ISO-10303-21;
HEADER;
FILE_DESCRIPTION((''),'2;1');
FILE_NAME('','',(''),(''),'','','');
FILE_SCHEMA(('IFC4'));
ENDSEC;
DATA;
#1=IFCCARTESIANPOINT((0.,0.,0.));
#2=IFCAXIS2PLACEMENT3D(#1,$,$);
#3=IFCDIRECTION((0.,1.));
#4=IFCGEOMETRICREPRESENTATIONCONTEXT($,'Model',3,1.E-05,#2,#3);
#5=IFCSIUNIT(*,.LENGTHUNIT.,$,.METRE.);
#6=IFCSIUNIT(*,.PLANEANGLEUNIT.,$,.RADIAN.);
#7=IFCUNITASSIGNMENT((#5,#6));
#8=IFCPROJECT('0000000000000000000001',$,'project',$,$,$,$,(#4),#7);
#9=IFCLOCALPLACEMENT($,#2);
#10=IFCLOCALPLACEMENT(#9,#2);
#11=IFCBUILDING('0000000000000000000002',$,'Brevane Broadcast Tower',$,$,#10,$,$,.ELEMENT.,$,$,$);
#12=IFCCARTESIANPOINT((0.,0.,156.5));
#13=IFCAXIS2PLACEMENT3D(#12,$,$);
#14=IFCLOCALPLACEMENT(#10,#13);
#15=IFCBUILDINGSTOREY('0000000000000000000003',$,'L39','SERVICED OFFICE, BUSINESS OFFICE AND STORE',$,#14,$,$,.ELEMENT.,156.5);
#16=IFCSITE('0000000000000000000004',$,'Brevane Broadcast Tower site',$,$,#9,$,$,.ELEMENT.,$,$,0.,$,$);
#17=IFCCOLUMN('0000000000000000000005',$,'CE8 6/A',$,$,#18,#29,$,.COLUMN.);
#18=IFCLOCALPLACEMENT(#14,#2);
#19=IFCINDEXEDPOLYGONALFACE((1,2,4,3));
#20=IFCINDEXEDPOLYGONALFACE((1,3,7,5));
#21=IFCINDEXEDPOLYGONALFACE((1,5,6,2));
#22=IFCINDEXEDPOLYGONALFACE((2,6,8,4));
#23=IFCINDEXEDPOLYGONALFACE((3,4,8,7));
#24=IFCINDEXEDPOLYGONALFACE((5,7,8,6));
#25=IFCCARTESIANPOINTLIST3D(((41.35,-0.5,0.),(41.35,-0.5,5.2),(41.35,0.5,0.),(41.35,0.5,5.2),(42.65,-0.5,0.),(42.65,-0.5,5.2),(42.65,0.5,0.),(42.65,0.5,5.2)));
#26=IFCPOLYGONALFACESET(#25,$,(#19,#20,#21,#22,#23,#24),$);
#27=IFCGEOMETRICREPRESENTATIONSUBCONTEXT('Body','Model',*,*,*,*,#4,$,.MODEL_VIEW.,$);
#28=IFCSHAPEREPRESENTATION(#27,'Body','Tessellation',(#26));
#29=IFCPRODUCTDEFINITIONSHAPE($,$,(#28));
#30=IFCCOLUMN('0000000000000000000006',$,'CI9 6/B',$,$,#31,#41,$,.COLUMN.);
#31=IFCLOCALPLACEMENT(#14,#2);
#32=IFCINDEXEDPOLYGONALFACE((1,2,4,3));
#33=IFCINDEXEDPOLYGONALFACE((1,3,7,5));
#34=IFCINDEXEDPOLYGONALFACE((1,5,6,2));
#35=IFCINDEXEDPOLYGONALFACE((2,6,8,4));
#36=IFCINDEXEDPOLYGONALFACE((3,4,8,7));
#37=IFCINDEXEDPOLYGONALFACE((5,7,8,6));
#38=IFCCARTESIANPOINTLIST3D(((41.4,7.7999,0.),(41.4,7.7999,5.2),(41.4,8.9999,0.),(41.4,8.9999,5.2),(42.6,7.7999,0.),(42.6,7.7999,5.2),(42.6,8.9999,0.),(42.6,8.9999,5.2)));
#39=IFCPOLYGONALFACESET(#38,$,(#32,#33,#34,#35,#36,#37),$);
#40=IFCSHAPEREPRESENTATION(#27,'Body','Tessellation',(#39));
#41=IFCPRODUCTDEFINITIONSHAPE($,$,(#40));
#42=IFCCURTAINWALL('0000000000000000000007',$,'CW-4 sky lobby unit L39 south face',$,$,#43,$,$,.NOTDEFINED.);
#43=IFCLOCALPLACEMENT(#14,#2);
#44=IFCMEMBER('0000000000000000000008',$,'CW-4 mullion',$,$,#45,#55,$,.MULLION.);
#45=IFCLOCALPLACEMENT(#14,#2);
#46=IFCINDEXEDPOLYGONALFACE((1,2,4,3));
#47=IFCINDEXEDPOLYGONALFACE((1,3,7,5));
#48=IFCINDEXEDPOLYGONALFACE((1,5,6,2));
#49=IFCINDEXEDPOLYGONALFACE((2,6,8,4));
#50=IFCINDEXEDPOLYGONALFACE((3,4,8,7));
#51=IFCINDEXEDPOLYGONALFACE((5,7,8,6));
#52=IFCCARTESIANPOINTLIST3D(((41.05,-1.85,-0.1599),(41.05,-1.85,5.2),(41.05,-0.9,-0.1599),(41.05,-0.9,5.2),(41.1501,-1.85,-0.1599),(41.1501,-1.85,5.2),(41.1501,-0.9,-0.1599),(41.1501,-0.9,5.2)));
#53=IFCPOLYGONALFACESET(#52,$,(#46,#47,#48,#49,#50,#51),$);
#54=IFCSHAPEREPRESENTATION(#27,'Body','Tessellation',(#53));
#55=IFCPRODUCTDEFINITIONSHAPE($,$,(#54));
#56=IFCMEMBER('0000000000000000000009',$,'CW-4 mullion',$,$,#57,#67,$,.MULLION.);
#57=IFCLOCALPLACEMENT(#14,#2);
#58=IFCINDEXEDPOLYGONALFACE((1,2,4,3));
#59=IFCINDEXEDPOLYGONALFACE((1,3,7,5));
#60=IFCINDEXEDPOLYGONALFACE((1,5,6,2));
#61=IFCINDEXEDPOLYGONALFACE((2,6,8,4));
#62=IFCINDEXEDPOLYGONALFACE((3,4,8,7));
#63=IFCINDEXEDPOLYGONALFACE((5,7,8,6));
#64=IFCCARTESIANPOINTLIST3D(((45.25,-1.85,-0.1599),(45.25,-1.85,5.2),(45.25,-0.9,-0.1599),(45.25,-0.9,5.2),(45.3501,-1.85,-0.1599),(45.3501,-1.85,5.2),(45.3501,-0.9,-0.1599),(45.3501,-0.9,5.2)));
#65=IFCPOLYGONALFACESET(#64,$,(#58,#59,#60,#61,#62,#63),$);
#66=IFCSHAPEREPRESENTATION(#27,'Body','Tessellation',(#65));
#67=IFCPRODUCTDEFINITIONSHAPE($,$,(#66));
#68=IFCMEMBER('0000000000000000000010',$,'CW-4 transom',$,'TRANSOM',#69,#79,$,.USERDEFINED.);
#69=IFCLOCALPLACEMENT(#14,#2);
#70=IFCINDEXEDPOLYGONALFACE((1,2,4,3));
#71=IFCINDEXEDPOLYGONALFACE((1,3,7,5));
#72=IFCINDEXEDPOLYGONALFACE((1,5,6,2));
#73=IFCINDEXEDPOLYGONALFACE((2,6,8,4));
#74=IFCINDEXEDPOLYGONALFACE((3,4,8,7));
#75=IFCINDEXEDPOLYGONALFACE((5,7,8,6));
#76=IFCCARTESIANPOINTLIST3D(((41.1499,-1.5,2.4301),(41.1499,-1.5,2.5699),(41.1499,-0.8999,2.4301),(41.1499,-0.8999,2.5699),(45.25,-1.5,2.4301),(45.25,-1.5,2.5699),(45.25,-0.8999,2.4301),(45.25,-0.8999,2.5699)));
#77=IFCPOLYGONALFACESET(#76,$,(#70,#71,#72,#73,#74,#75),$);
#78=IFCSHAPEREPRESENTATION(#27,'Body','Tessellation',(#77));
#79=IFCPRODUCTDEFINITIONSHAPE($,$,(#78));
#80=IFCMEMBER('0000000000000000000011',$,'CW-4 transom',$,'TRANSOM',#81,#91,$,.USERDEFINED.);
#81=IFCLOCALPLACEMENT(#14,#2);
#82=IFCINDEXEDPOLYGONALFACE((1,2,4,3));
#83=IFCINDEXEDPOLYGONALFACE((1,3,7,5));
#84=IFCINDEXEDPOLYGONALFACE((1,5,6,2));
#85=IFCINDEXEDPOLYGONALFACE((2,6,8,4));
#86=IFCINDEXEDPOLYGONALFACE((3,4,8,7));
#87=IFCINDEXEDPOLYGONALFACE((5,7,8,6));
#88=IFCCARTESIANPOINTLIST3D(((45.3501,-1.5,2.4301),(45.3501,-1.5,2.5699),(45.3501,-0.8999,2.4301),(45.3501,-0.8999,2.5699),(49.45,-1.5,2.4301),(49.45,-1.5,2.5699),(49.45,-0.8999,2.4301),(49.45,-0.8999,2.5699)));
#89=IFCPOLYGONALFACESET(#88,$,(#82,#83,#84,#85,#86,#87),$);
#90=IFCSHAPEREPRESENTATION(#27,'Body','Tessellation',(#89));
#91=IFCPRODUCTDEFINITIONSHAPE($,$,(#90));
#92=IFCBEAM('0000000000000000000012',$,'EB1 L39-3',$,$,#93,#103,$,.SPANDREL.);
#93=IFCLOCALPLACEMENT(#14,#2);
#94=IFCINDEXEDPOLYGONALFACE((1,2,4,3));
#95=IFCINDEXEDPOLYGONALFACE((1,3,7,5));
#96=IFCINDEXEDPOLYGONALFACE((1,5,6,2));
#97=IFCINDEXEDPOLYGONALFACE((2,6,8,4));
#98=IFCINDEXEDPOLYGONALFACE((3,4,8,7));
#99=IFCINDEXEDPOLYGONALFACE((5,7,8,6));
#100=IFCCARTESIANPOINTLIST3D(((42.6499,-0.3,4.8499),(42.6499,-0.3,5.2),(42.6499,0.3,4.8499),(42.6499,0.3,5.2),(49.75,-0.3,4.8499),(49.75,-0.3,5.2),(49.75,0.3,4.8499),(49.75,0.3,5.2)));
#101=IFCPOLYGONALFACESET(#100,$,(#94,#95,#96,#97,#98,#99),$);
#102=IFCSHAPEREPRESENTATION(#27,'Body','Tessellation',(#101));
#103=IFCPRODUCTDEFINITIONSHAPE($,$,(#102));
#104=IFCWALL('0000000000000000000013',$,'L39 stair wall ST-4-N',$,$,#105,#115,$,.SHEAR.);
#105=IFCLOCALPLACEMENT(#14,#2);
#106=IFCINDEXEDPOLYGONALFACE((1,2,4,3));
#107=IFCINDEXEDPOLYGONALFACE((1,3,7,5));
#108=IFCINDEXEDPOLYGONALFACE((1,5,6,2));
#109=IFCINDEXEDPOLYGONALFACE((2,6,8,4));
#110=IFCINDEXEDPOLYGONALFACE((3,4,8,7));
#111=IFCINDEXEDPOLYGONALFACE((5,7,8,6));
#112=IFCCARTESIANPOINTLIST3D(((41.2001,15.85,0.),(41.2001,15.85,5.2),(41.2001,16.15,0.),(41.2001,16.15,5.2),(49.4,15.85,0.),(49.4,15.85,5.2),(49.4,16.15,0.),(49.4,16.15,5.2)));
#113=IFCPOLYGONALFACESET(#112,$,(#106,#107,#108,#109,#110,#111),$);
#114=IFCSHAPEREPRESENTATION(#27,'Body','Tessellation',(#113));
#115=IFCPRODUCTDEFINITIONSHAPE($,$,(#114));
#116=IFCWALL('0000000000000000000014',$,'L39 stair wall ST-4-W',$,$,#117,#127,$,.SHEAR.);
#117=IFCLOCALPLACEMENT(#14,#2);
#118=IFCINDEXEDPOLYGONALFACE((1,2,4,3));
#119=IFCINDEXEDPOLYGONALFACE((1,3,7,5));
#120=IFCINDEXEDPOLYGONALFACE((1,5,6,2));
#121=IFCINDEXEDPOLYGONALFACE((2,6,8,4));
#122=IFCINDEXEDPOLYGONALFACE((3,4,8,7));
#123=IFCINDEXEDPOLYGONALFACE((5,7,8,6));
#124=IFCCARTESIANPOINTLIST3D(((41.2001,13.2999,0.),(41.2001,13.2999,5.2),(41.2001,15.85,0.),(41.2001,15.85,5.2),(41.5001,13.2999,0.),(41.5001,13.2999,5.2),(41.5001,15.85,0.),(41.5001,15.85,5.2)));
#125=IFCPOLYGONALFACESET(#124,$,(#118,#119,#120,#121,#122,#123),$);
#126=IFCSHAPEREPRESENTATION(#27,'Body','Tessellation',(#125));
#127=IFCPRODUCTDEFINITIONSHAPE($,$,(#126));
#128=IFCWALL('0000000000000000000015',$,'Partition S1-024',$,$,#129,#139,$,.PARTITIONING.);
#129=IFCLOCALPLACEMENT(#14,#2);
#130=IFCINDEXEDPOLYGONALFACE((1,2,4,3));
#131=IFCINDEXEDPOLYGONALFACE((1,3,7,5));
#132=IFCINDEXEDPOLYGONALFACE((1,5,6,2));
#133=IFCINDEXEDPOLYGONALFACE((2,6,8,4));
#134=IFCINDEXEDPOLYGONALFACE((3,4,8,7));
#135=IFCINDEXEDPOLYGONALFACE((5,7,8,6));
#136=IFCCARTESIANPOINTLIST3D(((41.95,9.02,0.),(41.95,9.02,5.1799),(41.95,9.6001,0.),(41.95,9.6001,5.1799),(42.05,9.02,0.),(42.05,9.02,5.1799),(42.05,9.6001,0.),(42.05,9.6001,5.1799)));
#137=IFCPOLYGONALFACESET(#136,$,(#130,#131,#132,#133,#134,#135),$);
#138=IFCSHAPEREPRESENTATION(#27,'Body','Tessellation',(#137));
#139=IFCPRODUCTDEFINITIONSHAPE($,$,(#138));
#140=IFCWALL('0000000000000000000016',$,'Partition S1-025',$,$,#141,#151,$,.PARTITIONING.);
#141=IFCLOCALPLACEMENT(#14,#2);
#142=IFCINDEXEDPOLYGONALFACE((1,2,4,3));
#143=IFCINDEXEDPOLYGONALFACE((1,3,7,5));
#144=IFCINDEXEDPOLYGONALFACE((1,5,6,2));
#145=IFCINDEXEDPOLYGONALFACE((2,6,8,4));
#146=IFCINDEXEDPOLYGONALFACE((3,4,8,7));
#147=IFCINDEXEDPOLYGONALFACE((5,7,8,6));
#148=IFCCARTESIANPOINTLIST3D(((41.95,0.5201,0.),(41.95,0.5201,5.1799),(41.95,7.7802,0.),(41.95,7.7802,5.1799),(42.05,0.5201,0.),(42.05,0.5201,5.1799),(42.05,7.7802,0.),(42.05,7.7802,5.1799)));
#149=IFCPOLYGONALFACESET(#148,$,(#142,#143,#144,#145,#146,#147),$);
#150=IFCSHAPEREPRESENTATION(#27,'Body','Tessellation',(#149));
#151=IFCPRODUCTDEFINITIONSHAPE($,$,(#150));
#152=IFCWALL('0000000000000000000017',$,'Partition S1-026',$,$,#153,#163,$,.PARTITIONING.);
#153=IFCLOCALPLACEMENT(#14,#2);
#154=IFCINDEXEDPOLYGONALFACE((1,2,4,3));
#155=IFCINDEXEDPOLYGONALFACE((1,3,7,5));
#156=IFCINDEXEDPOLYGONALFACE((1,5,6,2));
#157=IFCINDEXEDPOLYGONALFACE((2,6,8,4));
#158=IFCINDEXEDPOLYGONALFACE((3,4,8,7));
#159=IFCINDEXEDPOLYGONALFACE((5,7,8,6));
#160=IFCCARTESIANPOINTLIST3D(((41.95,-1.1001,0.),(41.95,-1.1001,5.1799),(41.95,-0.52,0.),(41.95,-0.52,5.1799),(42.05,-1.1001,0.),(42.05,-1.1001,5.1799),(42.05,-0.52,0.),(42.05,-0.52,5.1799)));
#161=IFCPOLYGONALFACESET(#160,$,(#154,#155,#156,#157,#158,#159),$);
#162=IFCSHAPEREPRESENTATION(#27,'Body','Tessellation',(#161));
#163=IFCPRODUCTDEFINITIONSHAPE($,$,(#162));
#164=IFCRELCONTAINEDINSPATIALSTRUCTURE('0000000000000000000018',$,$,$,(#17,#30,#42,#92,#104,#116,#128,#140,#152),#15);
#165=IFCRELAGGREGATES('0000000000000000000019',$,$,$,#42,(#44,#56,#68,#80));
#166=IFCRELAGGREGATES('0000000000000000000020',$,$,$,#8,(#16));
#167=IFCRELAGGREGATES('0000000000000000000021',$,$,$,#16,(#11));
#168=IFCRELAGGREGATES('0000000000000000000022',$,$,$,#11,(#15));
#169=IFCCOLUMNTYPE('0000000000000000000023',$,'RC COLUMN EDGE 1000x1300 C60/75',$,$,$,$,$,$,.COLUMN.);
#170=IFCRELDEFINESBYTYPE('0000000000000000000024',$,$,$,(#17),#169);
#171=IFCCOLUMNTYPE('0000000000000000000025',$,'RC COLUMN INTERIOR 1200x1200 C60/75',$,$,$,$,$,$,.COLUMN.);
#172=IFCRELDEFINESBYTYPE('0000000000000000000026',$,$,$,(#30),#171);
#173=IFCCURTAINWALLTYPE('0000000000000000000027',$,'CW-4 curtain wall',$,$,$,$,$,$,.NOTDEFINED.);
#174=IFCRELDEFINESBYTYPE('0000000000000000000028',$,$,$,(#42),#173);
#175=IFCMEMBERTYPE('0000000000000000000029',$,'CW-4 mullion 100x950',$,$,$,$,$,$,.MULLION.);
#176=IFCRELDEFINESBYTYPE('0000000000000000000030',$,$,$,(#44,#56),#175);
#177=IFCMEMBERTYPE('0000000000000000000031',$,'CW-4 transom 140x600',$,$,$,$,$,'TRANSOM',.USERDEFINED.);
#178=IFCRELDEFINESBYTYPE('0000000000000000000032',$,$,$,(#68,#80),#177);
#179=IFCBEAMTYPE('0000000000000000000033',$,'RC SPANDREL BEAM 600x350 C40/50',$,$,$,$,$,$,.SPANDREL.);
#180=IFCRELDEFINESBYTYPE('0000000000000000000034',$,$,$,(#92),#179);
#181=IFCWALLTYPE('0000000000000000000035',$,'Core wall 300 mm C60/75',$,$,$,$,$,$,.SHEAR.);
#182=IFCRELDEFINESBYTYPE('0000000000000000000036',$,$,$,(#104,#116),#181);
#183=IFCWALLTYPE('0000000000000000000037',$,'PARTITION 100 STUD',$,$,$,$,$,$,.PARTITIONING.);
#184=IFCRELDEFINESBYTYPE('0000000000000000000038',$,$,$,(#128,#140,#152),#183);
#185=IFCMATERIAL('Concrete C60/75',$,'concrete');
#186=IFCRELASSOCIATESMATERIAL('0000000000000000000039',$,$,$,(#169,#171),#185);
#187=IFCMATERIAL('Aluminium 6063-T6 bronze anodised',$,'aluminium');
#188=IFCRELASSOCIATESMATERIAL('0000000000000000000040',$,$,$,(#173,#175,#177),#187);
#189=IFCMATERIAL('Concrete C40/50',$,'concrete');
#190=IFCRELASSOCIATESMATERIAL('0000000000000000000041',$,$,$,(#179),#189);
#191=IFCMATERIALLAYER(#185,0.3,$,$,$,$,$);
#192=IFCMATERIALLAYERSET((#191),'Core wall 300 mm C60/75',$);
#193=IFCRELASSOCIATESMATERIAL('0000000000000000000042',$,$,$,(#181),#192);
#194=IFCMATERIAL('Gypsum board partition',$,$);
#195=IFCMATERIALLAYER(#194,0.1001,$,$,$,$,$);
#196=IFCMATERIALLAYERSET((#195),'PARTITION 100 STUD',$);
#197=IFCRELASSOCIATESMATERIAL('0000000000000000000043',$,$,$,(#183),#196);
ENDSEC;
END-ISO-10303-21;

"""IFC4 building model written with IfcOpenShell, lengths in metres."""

from ifc_helpers import new_model, si_unit, direction, frame, frame_2d, origin, origin_2d, place, context, subcontext, project, spatial, rectangle, extrude, material, layer, layer_set, material_profile, profile_set, type_object, element, aggregate, save


model = new_model("IFC4")

# Units and contexts
model_context = context("Model", 3, precision=1e-05, world=origin(), true_north=direction((0.0, 1.0)))
body_context = subcontext(model_context, "Body", "Model", "MODEL_VIEW")
ifc_project = project(units=[si_unit("LENGTHUNIT", "METRE"), si_unit("PLANEANGLEUNIT", "RADIAN")], contexts=[model_context])

# Site, building, storey
site_placement = place(None, origin())
site = spatial("IfcSite", under=ifc_project, at=site_placement, Name="Brevane Broadcast Tower site", CompositionType="ELEMENT", RefElevation=0.0)
building_placement = place(site_placement, origin())
building = spatial("IfcBuilding", under=site, at=building_placement, Name="Brevane Broadcast Tower", CompositionType="ELEMENT")
storey_placement = place(building_placement, frame((0.0, 0.0, 156.5)))
storey = spatial("IfcBuildingStorey", under=building, at=storey_placement, Name="L39", Description="SERVICED OFFICE, BUSINESS OFFICE AND STORE", CompositionType="ELEMENT", Elevation=156.5)

# Columns
ifc_material_1 = material(Name="Concrete C60/75", Category="concrete")
ifc_material_profile_1 = material_profile(ifc_material_1, rectangle(XDim=1.0, YDim=1.3, at=origin_2d()), Name="RC 1000x1300")
ifc_profile_set_1 = profile_set([ifc_material_profile_1], Name="Concrete C60/75")
column_type_1 = type_object("IfcColumnType", Name="RC COLUMN EDGE 1000x1300 C60/75", PredefinedType="COLUMN", material=ifc_profile_set_1)
column_1_placement = place(storey_placement, frame((42.0, 0.0, 0.0), z_axis=(0.0, 0.0, 1.0), x_axis=(0.0, 1.0, 0.0)))
element("IfcColumn", 1, at=column_1_placement, inside=storey, type_object=column_type_1, Name="CE8 6/A", PredefinedType="COLUMN", context=body_context, shape_type="SweptSolid", body=[
    extrude(rectangle(XDim=1.0, YDim=1.3, at=origin_2d()), origin(), (0.0, 0.0, 1.0), 5.2),
])
ifc_material_profile_2 = material_profile(ifc_material_1, rectangle(XDim=1.2, YDim=1.2, at=origin_2d()), Name="RC 1200x1200")
ifc_profile_set_2 = profile_set([ifc_material_profile_2], Name="Concrete C60/75")
column_type_2 = type_object("IfcColumnType", Name="RC COLUMN INTERIOR 1200x1200 C60/75", PredefinedType="COLUMN", material=ifc_profile_set_2)
column_2_placement = place(storey_placement, frame((42.0, 8.3999, 0.0), z_axis=(0.0, 0.0, 1.0), x_axis=(1.0, 0.0, 0.0)))
element("IfcColumn", 2, at=column_2_placement, inside=storey, type_object=column_type_2, Name="CI9 6/B", PredefinedType="COLUMN", context=body_context, shape_type="SweptSolid", body=[
    extrude(rectangle(XDim=1.2, YDim=1.2, at=origin_2d()), origin(), (0.0, 0.0, 1.0), 5.2),
])

# Curtain wall, members
ifc_material_2 = material(Name="Aluminium 6063-T6 bronze anodised", Category="aluminium")
curtain_wall_type = type_object("IfcCurtainWallType", Name="CW-4 curtain wall", PredefinedType="NOTDEFINED", material=ifc_material_2)
curtain_wall_placement = place(storey_placement, origin())
curtain_wall = element("IfcCurtainWall", 3, at=curtain_wall_placement, inside=storey, type_object=curtain_wall_type, Name="CW-4 sky lobby unit L39 south face", PredefinedType="NOTDEFINED")
ifc_material_profile_3 = material_profile(ifc_material_2, rectangle(XDim=0.95, YDim=0.1001, at=origin_2d()), Name="RECT 100x950")
ifc_profile_set_3 = profile_set([ifc_material_profile_3], Name="Aluminium 6063-T6 bronze anodised")
member_type_1 = type_object("IfcMemberType", Name="CW-4 mullion 100x950", PredefinedType="MULLION", material=ifc_profile_set_3)
member_1_placement = place(storey_placement, frame((41.1001, -1.375, -0.1599), z_axis=(0.0, 0.0, 1.0), x_axis=(0.0, 1.0, 0.0)))
member_1 = element("IfcMember", 4, at=member_1_placement, type_object=member_type_1, Name="CW-4 mullion", PredefinedType="MULLION", context=body_context, shape_type="SweptSolid", body=[
    extrude(rectangle(XDim=0.95, YDim=0.1001, at=origin_2d()), origin(), (0.0, 0.0, 1.0), 5.3599),
])
member_2_placement = place(storey_placement, frame((45.3, -1.375, -0.1599), z_axis=(0.0, 0.0, 1.0), x_axis=(0.0, 1.0, 0.0)))
member_2 = element("IfcMember", 5, at=member_2_placement, type_object=member_type_1, Name="CW-4 mullion", PredefinedType="MULLION", context=body_context, shape_type="SweptSolid", body=[
    extrude(rectangle(XDim=0.95, YDim=0.1001, at=origin_2d()), origin(), (0.0, 0.0, 1.0), 5.3599),
])
ifc_material_profile_4 = material_profile(ifc_material_2, rectangle(XDim=0.6001, YDim=0.1399, at=origin_2d()), Name="RECT 140x600")
ifc_profile_set_4 = profile_set([ifc_material_profile_4], Name="Aluminium 6063-T6 bronze anodised")
member_type_2 = type_object("IfcMemberType", Name="CW-4 transom 140x600", ElementType="TRANSOM", PredefinedType="USERDEFINED", material=ifc_profile_set_4)
member_3_placement = place(storey_placement, frame((41.1499, -1.2, 2.5), z_axis=(1.0, 0.0, 0.0), x_axis=(0.0, 1.0, 0.0)))
member_3 = element("IfcMember", 6, at=member_3_placement, type_object=member_type_2, Name="CW-4 transom", ObjectType="TRANSOM", PredefinedType="USERDEFINED", context=body_context, shape_type="SweptSolid", body=[
    extrude(rectangle(XDim=0.6001, YDim=0.1399, at=origin_2d()), origin(), (0.0, 0.0, 1.0), 4.1001),
])
member_4_placement = place(storey_placement, frame((45.3501, -1.2, 2.5), z_axis=(1.0, 0.0, 0.0), x_axis=(0.0, 1.0, 0.0)))
member_4 = element("IfcMember", 7, at=member_4_placement, type_object=member_type_2, Name="CW-4 transom", ObjectType="TRANSOM", PredefinedType="USERDEFINED", context=body_context, shape_type="SweptSolid", body=[
    extrude(rectangle(XDim=0.6001, YDim=0.1399, at=origin_2d()), origin(), (0.0, 0.0, 1.0), 4.0999),
])
aggregate(curtain_wall, [member_1, member_2, member_3, member_4])

# Beam
ifc_material_3 = material(Name="Concrete C40/50", Category="concrete")
ifc_material_profile_5 = material_profile(ifc_material_3, rectangle(XDim=0.6001, YDim=0.3501, at=origin_2d()), Name="RC 600x350")
ifc_profile_set_5 = profile_set([ifc_material_profile_5], Name="Concrete C40/50")
beam_type = type_object("IfcBeamType", Name="RC SPANDREL BEAM 600x350 C40/50", PredefinedType="SPANDREL", material=ifc_profile_set_5)
beam_placement = place(storey_placement, frame((42.6499, 0.0, 5.0249), z_axis=(1.0, 0.0, 0.0), x_axis=(0.0, 1.0, 0.0)))
element("IfcBeam", 8, at=beam_placement, inside=storey, type_object=beam_type, Name="EB1 L39-3", PredefinedType="SPANDREL", context=body_context, shape_type="SweptSolid", body=[
    extrude(rectangle(XDim=0.6001, YDim=0.3501, at=origin_2d()), origin(), (0.0, 0.0, 1.0), 7.1001),
])

# Walls
ifc_layer_1 = layer(ifc_material_1, 0.3)
ifc_layer_set_1 = layer_set([ifc_layer_1], Name="Core wall 300 mm C60/75")
wall_type_1 = type_object("IfcWallType", Name="Core wall 300 mm C60/75", PredefinedType="SHEAR", material=ifc_layer_set_1)
wall_1_placement = place(storey_placement, frame((41.2, 16.0, 0.0), z_axis=(0.0, 0.0, 1.0), x_axis=(1.0, 0.0, 0.0)))
element("IfcWall", 9, at=wall_1_placement, inside=storey, type_object=wall_type_1, Name="L39 stair wall ST-4-N", PredefinedType="SHEAR", context=body_context, shape_type="SweptSolid", body=[
    extrude(rectangle(XDim=8.2, YDim=0.3, at=frame_2d((4.1001, 0.0))), origin(), (0.0, 0.0, 1.0), 5.2),
])
wall_2_placement = place(storey_placement, frame((41.3501, 13.3, 0.0), z_axis=(0.0, 0.0, 1.0), x_axis=(0.0, 1.0, 0.0)))
element("IfcWall", 10, at=wall_2_placement, inside=storey, type_object=wall_type_1, Name="L39 stair wall ST-4-W", PredefinedType="SHEAR", context=body_context, shape_type="SweptSolid", body=[
    extrude(rectangle(XDim=2.55, YDim=0.3, at=frame_2d((1.2749, 0.0))), origin(), (0.0, 0.0, 1.0), 5.2),
])
ifc_material_4 = material(Name="Gypsum board partition")
ifc_layer_2 = layer(ifc_material_4, 0.1001)
ifc_layer_set_2 = layer_set([ifc_layer_2], Name="PARTITION 100 STUD")
wall_type_2 = type_object("IfcWallType", Name="PARTITION 100 STUD", PredefinedType="PARTITIONING", material=ifc_layer_set_2)
wall_3_placement = place(storey_placement, frame((42.0, 9.6001, 0.0), z_axis=(0.0, 0.0, 1.0), x_axis=(0.0, -1.0, 0.0)))
element("IfcWall", 11, at=wall_3_placement, inside=storey, type_object=wall_type_2, Name="Partition S1-024", PredefinedType="PARTITIONING", context=body_context, shape_type="SweptSolid", body=[
    extrude(rectangle(XDim=0.5801, YDim=0.1001, at=frame_2d((0.29, 0.0))), origin(), (0.0, 0.0, 1.0), 5.1799),
])
wall_4_placement = place(storey_placement, frame((42.0, 7.78, 0.0), z_axis=(0.0, 0.0, 1.0), x_axis=(0.0, -1.0, 0.0)))
element("IfcWall", 12, at=wall_4_placement, inside=storey, type_object=wall_type_2, Name="Partition S1-025", PredefinedType="PARTITIONING", context=body_context, shape_type="SweptSolid", body=[
    extrude(rectangle(XDim=7.26, YDim=0.1001, at=frame_2d((3.6299, 0.0))), origin(), (0.0, 0.0, 1.0), 5.1799),
])
wall_5_placement = place(storey_placement, frame((42.0, -0.52, 0.0), z_axis=(0.0, 0.0, 1.0), x_axis=(0.0, -1.0, 0.0)))
element("IfcWall", 13, at=wall_5_placement, inside=storey, type_object=wall_type_2, Name="Partition S1-026", PredefinedType="PARTITIONING", context=body_context, shape_type="SweptSolid", body=[
    extrude(rectangle(XDim=0.5801, YDim=0.1001, at=frame_2d((0.29, 0.0))), origin(), (0.0, 0.0, 1.0), 5.1799),
])

save(model, "model.ifc")
